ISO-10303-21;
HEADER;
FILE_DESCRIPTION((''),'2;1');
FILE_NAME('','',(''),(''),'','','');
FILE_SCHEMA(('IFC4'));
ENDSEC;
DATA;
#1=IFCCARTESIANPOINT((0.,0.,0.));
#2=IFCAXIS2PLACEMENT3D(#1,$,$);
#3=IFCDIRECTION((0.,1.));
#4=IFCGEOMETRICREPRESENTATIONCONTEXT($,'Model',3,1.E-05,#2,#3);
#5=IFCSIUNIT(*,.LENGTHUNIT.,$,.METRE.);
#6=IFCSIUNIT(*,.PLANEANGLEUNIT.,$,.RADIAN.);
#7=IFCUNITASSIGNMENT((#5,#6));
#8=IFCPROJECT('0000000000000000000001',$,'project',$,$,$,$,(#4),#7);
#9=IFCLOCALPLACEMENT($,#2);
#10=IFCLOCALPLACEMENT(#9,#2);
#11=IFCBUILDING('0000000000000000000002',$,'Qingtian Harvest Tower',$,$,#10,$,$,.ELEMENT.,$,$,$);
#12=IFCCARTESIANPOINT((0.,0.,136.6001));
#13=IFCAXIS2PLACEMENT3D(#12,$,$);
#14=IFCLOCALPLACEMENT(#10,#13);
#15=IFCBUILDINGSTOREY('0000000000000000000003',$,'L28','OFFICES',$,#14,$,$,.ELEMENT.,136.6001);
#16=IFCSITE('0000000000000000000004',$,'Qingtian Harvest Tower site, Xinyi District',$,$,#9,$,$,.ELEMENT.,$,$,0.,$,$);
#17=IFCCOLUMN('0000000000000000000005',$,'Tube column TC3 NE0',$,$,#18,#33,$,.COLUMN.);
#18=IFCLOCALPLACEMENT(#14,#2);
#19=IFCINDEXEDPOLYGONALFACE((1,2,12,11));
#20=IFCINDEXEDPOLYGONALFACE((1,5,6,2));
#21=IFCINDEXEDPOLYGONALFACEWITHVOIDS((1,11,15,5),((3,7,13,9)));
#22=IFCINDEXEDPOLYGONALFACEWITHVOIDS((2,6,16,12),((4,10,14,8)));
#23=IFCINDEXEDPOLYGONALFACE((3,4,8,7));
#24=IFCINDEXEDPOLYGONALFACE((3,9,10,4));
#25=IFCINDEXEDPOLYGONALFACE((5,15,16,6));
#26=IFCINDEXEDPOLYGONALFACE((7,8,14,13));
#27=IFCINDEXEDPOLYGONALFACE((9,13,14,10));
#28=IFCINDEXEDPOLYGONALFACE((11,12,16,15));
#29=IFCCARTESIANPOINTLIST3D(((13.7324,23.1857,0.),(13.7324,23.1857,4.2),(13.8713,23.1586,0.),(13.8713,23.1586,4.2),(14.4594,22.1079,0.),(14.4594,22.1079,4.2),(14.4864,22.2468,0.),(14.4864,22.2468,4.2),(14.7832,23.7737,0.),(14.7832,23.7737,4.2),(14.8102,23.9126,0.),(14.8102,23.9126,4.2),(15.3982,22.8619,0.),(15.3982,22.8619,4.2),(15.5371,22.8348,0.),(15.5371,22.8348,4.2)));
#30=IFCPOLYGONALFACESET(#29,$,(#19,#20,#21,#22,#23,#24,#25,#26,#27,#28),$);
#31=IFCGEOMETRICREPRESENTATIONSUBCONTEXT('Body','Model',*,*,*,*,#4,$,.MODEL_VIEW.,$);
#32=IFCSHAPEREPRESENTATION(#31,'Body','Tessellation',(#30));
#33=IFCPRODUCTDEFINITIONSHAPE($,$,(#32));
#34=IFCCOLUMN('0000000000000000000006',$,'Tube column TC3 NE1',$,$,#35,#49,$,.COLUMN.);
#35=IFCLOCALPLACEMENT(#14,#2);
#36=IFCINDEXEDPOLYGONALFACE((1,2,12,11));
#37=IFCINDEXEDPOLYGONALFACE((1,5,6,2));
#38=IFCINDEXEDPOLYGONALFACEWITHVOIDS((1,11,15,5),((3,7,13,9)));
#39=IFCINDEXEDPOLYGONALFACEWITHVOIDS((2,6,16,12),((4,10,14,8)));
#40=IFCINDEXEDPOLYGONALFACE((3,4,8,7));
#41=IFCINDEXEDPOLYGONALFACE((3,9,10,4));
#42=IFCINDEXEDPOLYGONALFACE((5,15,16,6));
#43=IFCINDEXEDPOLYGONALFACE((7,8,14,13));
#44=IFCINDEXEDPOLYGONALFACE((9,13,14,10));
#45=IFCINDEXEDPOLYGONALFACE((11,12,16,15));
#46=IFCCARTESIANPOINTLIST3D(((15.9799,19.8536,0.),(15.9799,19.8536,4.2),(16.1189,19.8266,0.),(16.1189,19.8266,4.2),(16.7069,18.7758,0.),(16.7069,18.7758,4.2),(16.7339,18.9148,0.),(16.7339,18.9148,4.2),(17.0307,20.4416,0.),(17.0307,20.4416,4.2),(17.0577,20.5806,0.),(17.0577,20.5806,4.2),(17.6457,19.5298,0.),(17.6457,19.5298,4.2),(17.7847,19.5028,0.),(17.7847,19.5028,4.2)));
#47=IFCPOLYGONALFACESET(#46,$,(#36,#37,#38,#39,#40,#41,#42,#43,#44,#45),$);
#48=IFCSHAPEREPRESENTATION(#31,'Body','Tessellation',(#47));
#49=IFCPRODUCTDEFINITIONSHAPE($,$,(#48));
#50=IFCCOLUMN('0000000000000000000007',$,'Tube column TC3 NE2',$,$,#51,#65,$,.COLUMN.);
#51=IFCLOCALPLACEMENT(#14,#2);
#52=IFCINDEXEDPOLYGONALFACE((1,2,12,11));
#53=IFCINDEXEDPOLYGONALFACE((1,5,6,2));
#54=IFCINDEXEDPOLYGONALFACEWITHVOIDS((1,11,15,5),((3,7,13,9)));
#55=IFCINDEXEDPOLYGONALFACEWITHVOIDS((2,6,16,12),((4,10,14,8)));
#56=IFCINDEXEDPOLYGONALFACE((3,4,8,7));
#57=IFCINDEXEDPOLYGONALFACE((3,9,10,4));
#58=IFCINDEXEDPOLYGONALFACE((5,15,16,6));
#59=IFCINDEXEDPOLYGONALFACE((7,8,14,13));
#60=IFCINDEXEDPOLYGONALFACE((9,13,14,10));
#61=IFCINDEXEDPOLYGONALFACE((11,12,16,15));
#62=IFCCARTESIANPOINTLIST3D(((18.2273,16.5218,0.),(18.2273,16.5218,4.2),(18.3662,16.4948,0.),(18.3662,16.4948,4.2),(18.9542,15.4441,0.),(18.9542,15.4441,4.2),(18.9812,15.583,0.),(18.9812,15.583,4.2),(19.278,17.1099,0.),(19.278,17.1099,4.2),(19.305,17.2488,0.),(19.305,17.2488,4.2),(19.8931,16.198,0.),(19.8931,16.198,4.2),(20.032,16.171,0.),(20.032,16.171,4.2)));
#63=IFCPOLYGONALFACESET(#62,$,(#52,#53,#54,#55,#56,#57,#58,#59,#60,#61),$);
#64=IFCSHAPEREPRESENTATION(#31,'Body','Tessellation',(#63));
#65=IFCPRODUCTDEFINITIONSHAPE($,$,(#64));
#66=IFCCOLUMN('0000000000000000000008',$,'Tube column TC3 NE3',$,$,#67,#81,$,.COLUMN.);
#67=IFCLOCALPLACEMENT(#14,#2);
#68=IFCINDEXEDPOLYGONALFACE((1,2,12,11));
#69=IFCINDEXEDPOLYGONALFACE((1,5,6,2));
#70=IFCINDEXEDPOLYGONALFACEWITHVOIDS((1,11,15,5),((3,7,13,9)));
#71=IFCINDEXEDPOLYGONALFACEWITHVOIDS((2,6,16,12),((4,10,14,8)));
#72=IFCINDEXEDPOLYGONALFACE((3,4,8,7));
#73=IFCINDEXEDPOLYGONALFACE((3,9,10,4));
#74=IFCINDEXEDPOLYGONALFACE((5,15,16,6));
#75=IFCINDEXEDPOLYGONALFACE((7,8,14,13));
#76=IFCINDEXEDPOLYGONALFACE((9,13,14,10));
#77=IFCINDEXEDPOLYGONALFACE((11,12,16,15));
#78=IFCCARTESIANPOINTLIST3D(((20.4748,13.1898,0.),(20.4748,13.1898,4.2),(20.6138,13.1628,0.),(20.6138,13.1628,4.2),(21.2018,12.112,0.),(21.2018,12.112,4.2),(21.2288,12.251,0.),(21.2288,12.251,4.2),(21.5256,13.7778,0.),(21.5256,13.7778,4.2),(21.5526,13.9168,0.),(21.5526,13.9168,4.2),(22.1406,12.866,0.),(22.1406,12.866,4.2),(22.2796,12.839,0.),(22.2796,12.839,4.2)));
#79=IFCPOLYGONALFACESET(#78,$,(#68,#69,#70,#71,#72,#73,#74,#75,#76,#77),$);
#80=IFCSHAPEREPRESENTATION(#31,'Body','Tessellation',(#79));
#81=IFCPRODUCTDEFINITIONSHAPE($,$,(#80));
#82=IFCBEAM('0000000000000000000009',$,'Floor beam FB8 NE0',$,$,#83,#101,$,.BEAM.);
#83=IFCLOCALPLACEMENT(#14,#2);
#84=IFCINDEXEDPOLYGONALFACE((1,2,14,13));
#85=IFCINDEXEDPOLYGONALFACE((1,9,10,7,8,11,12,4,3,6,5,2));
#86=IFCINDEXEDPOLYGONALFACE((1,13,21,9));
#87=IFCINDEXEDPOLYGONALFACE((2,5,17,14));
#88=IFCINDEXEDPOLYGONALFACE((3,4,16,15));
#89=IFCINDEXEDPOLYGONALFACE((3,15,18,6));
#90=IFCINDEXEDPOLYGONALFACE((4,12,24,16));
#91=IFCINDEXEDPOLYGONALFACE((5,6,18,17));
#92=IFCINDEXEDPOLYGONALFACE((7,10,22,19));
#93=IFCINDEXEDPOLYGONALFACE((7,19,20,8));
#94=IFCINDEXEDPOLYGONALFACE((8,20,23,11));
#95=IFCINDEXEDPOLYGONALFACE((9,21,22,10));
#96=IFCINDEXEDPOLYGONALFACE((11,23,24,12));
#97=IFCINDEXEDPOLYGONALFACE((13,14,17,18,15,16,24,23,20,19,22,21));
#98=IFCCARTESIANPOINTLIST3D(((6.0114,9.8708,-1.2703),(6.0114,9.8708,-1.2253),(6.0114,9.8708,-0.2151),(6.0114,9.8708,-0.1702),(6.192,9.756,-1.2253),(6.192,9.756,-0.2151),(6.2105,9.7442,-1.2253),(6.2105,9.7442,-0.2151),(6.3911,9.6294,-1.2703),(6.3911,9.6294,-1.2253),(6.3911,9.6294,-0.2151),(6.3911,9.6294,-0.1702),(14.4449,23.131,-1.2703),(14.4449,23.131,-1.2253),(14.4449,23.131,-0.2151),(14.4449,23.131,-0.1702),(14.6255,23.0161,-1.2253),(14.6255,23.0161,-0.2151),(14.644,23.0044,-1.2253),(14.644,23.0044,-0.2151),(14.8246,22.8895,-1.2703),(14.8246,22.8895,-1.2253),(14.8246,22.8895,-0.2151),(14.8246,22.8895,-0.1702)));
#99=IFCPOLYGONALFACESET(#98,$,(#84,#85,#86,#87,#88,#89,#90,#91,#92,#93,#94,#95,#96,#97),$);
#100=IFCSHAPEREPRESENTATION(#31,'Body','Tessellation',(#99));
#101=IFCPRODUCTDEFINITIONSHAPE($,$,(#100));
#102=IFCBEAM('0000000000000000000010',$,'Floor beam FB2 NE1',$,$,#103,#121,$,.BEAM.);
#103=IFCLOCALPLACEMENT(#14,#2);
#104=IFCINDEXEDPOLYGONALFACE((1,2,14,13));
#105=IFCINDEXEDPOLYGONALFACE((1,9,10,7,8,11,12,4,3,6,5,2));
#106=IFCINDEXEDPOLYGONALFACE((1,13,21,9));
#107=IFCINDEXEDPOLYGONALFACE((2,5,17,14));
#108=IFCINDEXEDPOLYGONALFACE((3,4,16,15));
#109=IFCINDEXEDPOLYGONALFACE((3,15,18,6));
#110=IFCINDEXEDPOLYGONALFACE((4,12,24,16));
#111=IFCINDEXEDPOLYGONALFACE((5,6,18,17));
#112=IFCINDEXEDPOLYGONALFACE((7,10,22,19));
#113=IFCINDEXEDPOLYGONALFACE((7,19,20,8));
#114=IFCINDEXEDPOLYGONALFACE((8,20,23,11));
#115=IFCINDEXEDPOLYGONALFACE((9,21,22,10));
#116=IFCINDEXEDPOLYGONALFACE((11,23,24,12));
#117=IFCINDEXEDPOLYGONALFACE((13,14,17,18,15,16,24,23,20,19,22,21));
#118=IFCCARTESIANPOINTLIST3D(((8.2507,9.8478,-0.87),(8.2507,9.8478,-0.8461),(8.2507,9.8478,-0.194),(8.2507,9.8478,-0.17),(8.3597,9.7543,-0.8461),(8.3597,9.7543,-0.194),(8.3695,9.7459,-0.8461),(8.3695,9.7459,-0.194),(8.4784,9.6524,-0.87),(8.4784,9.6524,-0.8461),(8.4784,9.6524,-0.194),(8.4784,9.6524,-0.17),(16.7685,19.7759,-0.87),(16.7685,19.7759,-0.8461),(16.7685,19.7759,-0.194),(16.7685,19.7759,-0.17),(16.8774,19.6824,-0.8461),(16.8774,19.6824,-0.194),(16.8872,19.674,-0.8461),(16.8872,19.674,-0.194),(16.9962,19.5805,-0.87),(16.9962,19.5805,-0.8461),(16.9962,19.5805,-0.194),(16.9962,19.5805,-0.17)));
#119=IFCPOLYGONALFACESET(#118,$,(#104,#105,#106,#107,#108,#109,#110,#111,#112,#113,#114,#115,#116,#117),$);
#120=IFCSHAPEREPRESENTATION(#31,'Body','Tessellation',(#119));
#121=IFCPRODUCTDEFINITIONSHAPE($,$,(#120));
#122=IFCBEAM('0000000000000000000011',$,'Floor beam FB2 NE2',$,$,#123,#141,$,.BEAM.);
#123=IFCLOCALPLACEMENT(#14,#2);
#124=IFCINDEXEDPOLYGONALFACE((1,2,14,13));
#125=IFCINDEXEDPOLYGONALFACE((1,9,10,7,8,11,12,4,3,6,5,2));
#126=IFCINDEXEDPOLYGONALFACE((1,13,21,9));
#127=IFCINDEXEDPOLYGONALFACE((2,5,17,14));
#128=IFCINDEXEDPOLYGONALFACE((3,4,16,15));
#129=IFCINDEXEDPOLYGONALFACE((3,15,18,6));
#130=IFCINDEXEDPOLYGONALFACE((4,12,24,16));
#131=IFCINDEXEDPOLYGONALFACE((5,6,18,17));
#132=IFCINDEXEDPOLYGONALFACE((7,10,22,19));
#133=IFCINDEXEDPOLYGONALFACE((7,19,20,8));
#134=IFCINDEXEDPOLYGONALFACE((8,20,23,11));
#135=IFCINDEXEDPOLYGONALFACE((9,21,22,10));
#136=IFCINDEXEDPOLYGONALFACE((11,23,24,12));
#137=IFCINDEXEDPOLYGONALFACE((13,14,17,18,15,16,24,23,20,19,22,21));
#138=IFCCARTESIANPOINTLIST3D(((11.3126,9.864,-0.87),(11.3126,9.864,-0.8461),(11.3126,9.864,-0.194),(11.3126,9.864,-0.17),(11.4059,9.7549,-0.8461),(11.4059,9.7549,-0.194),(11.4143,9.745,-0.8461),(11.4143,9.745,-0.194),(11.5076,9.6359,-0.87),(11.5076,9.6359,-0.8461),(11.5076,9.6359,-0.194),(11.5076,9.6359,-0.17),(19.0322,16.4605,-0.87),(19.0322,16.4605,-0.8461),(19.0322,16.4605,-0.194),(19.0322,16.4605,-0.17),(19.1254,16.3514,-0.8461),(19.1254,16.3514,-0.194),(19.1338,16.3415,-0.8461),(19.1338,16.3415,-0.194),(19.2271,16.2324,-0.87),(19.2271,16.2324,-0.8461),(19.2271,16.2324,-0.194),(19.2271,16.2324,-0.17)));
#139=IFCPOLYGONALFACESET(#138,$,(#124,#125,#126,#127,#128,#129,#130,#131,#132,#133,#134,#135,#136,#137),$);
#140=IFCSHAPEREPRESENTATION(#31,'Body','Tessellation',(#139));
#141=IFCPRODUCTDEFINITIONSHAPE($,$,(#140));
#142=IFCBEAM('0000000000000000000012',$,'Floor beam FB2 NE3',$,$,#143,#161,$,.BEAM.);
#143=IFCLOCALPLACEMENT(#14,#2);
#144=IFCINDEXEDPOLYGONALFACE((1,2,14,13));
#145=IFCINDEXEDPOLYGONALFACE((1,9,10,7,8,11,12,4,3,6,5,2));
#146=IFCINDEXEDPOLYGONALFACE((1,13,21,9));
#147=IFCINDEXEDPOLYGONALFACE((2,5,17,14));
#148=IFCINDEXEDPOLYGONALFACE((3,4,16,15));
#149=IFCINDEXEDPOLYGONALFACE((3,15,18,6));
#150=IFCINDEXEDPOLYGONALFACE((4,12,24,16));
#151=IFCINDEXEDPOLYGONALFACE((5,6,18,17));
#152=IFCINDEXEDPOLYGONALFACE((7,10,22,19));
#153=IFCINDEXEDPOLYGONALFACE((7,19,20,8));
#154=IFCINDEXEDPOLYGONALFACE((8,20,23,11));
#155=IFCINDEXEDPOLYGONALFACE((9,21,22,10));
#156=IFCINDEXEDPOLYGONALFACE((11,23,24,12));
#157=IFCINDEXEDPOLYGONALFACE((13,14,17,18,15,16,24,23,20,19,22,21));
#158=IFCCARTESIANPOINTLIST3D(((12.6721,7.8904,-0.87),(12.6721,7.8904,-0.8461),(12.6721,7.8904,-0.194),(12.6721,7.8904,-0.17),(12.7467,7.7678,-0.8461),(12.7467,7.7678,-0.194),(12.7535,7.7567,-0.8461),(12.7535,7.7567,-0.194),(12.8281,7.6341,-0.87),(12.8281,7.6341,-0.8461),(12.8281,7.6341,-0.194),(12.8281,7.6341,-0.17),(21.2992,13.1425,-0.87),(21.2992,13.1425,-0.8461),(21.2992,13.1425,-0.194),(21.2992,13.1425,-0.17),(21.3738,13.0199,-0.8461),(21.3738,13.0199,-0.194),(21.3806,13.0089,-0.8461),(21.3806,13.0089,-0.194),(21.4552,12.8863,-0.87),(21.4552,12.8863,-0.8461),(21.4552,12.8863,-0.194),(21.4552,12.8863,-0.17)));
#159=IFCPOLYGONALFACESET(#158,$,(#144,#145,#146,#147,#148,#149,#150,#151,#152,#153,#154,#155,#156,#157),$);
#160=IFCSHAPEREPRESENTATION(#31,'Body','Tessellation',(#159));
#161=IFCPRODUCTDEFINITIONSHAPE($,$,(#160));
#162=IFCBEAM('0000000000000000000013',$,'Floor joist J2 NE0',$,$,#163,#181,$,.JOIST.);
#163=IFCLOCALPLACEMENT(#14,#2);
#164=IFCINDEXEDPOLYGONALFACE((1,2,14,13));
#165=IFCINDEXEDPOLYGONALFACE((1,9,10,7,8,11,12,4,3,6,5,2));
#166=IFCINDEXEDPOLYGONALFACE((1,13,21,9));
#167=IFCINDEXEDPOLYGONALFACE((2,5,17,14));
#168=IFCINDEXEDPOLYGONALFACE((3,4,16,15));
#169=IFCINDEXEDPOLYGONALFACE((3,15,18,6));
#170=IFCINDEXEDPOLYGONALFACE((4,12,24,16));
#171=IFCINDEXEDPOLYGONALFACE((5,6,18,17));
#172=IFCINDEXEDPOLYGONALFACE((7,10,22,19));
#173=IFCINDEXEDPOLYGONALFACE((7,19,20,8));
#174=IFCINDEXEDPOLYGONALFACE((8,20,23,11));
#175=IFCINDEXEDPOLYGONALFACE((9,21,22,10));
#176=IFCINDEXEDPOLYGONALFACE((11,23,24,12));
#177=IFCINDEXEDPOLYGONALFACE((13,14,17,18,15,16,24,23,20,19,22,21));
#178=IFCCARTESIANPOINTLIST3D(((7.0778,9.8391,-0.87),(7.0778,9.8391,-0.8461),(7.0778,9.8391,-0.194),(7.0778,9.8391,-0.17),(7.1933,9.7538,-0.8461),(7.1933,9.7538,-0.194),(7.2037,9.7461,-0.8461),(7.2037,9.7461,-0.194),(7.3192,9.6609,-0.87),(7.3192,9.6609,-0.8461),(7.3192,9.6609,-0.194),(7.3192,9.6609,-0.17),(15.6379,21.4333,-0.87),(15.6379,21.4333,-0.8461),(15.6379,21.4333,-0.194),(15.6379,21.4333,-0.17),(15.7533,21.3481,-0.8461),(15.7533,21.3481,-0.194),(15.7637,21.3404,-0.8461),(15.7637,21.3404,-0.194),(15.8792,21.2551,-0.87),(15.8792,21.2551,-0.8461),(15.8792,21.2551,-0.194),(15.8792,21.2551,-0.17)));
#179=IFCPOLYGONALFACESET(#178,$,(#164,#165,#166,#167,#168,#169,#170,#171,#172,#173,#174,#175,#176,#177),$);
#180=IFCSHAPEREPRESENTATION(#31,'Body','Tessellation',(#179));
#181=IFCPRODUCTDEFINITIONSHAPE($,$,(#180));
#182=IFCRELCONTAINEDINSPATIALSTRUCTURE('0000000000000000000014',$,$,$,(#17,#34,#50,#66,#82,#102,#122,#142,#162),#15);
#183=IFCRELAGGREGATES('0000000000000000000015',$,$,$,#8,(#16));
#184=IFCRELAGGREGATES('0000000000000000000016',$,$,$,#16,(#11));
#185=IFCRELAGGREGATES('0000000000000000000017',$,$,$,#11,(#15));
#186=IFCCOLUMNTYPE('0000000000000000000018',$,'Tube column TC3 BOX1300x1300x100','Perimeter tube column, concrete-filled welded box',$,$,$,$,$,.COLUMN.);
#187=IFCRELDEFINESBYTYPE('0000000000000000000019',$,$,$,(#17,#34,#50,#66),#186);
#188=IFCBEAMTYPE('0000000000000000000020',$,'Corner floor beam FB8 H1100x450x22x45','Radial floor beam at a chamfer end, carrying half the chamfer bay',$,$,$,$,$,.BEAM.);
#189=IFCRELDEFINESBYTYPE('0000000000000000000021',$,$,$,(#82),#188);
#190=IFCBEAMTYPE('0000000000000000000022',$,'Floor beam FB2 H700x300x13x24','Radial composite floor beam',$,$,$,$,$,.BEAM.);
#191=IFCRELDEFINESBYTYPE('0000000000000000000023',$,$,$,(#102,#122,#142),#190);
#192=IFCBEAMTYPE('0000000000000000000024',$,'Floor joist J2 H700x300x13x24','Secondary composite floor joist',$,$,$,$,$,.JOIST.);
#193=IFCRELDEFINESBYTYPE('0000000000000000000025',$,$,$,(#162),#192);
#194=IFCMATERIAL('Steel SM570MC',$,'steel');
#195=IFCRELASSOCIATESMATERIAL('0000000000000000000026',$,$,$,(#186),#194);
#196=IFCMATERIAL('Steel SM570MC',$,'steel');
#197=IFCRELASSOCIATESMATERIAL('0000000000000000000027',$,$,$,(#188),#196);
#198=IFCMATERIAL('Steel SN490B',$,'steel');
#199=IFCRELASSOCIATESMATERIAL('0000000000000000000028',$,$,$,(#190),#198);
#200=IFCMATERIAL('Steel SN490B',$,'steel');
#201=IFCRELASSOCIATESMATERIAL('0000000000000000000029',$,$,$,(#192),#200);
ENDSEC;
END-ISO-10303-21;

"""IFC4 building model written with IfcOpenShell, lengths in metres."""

from ifc_helpers import new_model, si_unit, direction, frame, origin, origin_2d, place, context, subcontext, project, spatial, hollow_rectangle, i_section, extrude, material, material_profile, profile_set, type_object, element, save


model = new_model("IFC4")

# Units and contexts
model_context = context("Model", 3, precision=1e-05, world=origin(), true_north=direction((0.0, 1.0)))
body_context = subcontext(model_context, "Body", "Model", "MODEL_VIEW")
ifc_project = project(units=[si_unit("LENGTHUNIT", "METRE"), si_unit("PLANEANGLEUNIT", "RADIAN")], contexts=[model_context])

# Site, building, storey
site_placement = place(None, origin())
site = spatial("IfcSite", under=ifc_project, at=site_placement, Name="Qingtian Harvest Tower site, Xinyi District", CompositionType="ELEMENT", RefElevation=0.0)
building_placement = place(site_placement, origin())
building = spatial("IfcBuilding", under=site, at=building_placement, Name="Qingtian Harvest Tower", CompositionType="ELEMENT")
storey_placement = place(building_placement, frame((0.0, 0.0, 136.6001)))
storey = spatial("IfcBuildingStorey", under=building, at=storey_placement, Name="L28", Description="OFFICES", CompositionType="ELEMENT", Elevation=136.6001)

# Columns
ifc_material_1 = material(Name="Steel SM570MC", Category="steel")
ifc_material_profile_1 = material_profile(ifc_material_1, hollow_rectangle(XDim=1.3, YDim=1.3, WallThickness=0.1001, at=origin_2d()), Name="BOX1300x1300x100")
ifc_profile_set_1 = profile_set([ifc_material_profile_1], Name="Steel SM570MC")
column_type = type_object("IfcColumnType", Name="Tube column TC3 BOX1300x1300x100", Description="Perimeter tube column, concrete-filled welded box", PredefinedType="COLUMN", material=ifc_profile_set_1)
for number, where, z_axis, x_axis, name in (
    (1, (14.6348, 23.0103, 0.0), (0.0, 0.0, 1.0), (-0.559193, 0.829038, 0.0), "Tube column TC3 NE0"),
    (2, (16.8823, 19.6782, 0.0), (0.0, 0.0, 1.0), (-0.559193, 0.829038, 0.0), "Tube column TC3 NE1"),
    (3, (19.1296, 16.3464, 0.0), (0.0, 0.0, 1.0), (-0.559193, 0.829038, 0.0), "Tube column TC3 NE2"),
    (4, (21.3772, 13.0144, 0.0), (0.0, 0.0, 1.0), (-0.559193, 0.829038, 0.0), "Tube column TC3 NE3"),
):
    element("IfcColumn", number, at=place(storey_placement, frame(where, z_axis=z_axis, x_axis=x_axis)), inside=storey, type_object=column_type, Name=name, PredefinedType="COLUMN", context=body_context, shape_type="SweptSolid", body=[
        extrude(hollow_rectangle(XDim=1.3, YDim=1.3, WallThickness=0.1001, at=origin_2d()), origin(), (0.0, 0.0, 1.0), 4.2),
    ])

# Beams
ifc_material_2 = material(Name="Steel SM570MC", Category="steel")
ifc_material_profile_2 = material_profile(ifc_material_2, i_section(OverallWidth=0.45, OverallDepth=1.1001, WebThickness=0.022, FlangeThickness=0.0449, at=origin_2d()), Name="H1100x450x22x45")
ifc_profile_set_2 = profile_set([ifc_material_profile_2], Name="Steel SM570MC")
beam_type_1 = type_object("IfcBeamType", Name="Corner floor beam FB8 H1100x450x22x45", Description="Radial floor beam at a chamfer end, carrying half the chamfer bay", PredefinedType="BEAM", material=ifc_profile_set_2)
beam_1_placement = place(storey_placement, frame((14.6348, 23.0103, -0.7202), z_axis=(-0.53666, -0.843798, 0.0), x_axis=(0.843798, -0.53666, 0.0)))
element("IfcBeam", 5, at=beam_1_placement, inside=storey, type_object=beam_type_1, Name="Floor beam FB8 NE0", PredefinedType="BEAM", context=body_context, shape_type="SweptSolid", body=[
    extrude(i_section(OverallWidth=0.45, OverallDepth=1.1001, WebThickness=0.022, FlangeThickness=0.0449, at=origin_2d()), origin(), (0.0, 0.0, 1.0), 15.7148),
])
ifc_material_3 = material(Name="Steel SN490B", Category="steel")
ifc_material_profile_3 = material_profile(ifc_material_3, i_section(OverallWidth=0.3, OverallDepth=0.7, WebThickness=0.0129, FlangeThickness=0.0239, at=origin_2d()), Name="H700x300x13x24")
ifc_profile_set_3 = profile_set([ifc_material_profile_3], Name="Steel SN490B")
beam_type_2 = type_object("IfcBeamType", Name="Floor beam FB2 H700x300x13x24", Description="Radial composite floor beam", PredefinedType="BEAM", material=ifc_profile_set_3)
beam_2_placement = place(storey_placement, frame((16.8823, 19.6782, -0.52), z_axis=(-0.65114, -0.758957, 0.0), x_axis=(0.758957, -0.65114, 0.0)))
element("IfcBeam", 6, at=beam_2_placement, inside=storey, type_object=beam_type_2, Name="Floor beam FB2 NE1", PredefinedType="BEAM", context=body_context, shape_type="SweptSolid", body=[
    extrude(i_section(OverallWidth=0.3, OverallDepth=0.7, WebThickness=0.0129, FlangeThickness=0.0239, at=origin_2d()), origin(), (0.0, 0.0, 1.0), 13.0813),
])
beam_3_placement = place(storey_placement, frame((19.1296, 16.3464, -0.52), z_axis=(-0.760242, -0.64964, 0.0), x_axis=(0.64964, -0.760242, 0.0)))
element("IfcBeam", 7, at=beam_3_placement, inside=storey, type_object=beam_type_2, Name="Floor beam FB2 NE2", PredefinedType="BEAM", context=body_context, shape_type="SweptSolid", body=[
    extrude(i_section(OverallWidth=0.3, OverallDepth=0.7, WebThickness=0.0129, FlangeThickness=0.0239, at=origin_2d()), origin(), (0.0, 0.0, 1.0), 10.1541),
])
beam_4_placement = place(storey_placement, frame((21.3772, 13.0144, -0.52), z_axis=(-0.854161, -0.520009, 0.0), x_axis=(0.520009, -0.854161, 0.0)))
element("IfcBeam", 8, at=beam_4_placement, inside=storey, type_object=beam_type_2, Name="Floor beam FB2 NE3", PredefinedType="BEAM", context=body_context, shape_type="SweptSolid", body=[
    extrude(i_section(OverallWidth=0.3, OverallDepth=0.7, WebThickness=0.0129, FlangeThickness=0.0239, at=origin_2d()), origin(), (0.0, 0.0, 1.0), 10.1001),
])
ifc_material_4 = material(Name="Steel SN490B", Category="steel")
ifc_material_profile_4 = material_profile(ifc_material_4, i_section(OverallWidth=0.3, OverallDepth=0.7, WebThickness=0.0129, FlangeThickness=0.0239, at=origin_2d()), Name="H700x300x13x24")
ifc_profile_set_4 = profile_set([ifc_material_profile_4], Name="Steel SN490B")
beam_type_3 = type_object("IfcBeamType", Name="Floor joist J2 H700x300x13x24", Description="Secondary composite floor joist", PredefinedType="JOIST", material=ifc_profile_set_4)
beam_5_placement = place(storey_placement, frame((15.7585, 21.3442, -0.52), z_axis=(-0.59396, -0.804494, 0.0), x_axis=(0.804494, -0.59396, 0.0)))
element("IfcBeam", 9, at=beam_5_placement, inside=storey, type_object=beam_type_3, Name="Floor joist J2 NE0", PredefinedType="JOIST", context=body_context, shape_type="SweptSolid", body=[
    extrude(i_section(OverallWidth=0.3, OverallDepth=0.7, WebThickness=0.0129, FlangeThickness=0.0239, at=origin_2d()), origin(), (0.0, 0.0, 1.0), 14.4119),
])

save(model, "model.ifc")
